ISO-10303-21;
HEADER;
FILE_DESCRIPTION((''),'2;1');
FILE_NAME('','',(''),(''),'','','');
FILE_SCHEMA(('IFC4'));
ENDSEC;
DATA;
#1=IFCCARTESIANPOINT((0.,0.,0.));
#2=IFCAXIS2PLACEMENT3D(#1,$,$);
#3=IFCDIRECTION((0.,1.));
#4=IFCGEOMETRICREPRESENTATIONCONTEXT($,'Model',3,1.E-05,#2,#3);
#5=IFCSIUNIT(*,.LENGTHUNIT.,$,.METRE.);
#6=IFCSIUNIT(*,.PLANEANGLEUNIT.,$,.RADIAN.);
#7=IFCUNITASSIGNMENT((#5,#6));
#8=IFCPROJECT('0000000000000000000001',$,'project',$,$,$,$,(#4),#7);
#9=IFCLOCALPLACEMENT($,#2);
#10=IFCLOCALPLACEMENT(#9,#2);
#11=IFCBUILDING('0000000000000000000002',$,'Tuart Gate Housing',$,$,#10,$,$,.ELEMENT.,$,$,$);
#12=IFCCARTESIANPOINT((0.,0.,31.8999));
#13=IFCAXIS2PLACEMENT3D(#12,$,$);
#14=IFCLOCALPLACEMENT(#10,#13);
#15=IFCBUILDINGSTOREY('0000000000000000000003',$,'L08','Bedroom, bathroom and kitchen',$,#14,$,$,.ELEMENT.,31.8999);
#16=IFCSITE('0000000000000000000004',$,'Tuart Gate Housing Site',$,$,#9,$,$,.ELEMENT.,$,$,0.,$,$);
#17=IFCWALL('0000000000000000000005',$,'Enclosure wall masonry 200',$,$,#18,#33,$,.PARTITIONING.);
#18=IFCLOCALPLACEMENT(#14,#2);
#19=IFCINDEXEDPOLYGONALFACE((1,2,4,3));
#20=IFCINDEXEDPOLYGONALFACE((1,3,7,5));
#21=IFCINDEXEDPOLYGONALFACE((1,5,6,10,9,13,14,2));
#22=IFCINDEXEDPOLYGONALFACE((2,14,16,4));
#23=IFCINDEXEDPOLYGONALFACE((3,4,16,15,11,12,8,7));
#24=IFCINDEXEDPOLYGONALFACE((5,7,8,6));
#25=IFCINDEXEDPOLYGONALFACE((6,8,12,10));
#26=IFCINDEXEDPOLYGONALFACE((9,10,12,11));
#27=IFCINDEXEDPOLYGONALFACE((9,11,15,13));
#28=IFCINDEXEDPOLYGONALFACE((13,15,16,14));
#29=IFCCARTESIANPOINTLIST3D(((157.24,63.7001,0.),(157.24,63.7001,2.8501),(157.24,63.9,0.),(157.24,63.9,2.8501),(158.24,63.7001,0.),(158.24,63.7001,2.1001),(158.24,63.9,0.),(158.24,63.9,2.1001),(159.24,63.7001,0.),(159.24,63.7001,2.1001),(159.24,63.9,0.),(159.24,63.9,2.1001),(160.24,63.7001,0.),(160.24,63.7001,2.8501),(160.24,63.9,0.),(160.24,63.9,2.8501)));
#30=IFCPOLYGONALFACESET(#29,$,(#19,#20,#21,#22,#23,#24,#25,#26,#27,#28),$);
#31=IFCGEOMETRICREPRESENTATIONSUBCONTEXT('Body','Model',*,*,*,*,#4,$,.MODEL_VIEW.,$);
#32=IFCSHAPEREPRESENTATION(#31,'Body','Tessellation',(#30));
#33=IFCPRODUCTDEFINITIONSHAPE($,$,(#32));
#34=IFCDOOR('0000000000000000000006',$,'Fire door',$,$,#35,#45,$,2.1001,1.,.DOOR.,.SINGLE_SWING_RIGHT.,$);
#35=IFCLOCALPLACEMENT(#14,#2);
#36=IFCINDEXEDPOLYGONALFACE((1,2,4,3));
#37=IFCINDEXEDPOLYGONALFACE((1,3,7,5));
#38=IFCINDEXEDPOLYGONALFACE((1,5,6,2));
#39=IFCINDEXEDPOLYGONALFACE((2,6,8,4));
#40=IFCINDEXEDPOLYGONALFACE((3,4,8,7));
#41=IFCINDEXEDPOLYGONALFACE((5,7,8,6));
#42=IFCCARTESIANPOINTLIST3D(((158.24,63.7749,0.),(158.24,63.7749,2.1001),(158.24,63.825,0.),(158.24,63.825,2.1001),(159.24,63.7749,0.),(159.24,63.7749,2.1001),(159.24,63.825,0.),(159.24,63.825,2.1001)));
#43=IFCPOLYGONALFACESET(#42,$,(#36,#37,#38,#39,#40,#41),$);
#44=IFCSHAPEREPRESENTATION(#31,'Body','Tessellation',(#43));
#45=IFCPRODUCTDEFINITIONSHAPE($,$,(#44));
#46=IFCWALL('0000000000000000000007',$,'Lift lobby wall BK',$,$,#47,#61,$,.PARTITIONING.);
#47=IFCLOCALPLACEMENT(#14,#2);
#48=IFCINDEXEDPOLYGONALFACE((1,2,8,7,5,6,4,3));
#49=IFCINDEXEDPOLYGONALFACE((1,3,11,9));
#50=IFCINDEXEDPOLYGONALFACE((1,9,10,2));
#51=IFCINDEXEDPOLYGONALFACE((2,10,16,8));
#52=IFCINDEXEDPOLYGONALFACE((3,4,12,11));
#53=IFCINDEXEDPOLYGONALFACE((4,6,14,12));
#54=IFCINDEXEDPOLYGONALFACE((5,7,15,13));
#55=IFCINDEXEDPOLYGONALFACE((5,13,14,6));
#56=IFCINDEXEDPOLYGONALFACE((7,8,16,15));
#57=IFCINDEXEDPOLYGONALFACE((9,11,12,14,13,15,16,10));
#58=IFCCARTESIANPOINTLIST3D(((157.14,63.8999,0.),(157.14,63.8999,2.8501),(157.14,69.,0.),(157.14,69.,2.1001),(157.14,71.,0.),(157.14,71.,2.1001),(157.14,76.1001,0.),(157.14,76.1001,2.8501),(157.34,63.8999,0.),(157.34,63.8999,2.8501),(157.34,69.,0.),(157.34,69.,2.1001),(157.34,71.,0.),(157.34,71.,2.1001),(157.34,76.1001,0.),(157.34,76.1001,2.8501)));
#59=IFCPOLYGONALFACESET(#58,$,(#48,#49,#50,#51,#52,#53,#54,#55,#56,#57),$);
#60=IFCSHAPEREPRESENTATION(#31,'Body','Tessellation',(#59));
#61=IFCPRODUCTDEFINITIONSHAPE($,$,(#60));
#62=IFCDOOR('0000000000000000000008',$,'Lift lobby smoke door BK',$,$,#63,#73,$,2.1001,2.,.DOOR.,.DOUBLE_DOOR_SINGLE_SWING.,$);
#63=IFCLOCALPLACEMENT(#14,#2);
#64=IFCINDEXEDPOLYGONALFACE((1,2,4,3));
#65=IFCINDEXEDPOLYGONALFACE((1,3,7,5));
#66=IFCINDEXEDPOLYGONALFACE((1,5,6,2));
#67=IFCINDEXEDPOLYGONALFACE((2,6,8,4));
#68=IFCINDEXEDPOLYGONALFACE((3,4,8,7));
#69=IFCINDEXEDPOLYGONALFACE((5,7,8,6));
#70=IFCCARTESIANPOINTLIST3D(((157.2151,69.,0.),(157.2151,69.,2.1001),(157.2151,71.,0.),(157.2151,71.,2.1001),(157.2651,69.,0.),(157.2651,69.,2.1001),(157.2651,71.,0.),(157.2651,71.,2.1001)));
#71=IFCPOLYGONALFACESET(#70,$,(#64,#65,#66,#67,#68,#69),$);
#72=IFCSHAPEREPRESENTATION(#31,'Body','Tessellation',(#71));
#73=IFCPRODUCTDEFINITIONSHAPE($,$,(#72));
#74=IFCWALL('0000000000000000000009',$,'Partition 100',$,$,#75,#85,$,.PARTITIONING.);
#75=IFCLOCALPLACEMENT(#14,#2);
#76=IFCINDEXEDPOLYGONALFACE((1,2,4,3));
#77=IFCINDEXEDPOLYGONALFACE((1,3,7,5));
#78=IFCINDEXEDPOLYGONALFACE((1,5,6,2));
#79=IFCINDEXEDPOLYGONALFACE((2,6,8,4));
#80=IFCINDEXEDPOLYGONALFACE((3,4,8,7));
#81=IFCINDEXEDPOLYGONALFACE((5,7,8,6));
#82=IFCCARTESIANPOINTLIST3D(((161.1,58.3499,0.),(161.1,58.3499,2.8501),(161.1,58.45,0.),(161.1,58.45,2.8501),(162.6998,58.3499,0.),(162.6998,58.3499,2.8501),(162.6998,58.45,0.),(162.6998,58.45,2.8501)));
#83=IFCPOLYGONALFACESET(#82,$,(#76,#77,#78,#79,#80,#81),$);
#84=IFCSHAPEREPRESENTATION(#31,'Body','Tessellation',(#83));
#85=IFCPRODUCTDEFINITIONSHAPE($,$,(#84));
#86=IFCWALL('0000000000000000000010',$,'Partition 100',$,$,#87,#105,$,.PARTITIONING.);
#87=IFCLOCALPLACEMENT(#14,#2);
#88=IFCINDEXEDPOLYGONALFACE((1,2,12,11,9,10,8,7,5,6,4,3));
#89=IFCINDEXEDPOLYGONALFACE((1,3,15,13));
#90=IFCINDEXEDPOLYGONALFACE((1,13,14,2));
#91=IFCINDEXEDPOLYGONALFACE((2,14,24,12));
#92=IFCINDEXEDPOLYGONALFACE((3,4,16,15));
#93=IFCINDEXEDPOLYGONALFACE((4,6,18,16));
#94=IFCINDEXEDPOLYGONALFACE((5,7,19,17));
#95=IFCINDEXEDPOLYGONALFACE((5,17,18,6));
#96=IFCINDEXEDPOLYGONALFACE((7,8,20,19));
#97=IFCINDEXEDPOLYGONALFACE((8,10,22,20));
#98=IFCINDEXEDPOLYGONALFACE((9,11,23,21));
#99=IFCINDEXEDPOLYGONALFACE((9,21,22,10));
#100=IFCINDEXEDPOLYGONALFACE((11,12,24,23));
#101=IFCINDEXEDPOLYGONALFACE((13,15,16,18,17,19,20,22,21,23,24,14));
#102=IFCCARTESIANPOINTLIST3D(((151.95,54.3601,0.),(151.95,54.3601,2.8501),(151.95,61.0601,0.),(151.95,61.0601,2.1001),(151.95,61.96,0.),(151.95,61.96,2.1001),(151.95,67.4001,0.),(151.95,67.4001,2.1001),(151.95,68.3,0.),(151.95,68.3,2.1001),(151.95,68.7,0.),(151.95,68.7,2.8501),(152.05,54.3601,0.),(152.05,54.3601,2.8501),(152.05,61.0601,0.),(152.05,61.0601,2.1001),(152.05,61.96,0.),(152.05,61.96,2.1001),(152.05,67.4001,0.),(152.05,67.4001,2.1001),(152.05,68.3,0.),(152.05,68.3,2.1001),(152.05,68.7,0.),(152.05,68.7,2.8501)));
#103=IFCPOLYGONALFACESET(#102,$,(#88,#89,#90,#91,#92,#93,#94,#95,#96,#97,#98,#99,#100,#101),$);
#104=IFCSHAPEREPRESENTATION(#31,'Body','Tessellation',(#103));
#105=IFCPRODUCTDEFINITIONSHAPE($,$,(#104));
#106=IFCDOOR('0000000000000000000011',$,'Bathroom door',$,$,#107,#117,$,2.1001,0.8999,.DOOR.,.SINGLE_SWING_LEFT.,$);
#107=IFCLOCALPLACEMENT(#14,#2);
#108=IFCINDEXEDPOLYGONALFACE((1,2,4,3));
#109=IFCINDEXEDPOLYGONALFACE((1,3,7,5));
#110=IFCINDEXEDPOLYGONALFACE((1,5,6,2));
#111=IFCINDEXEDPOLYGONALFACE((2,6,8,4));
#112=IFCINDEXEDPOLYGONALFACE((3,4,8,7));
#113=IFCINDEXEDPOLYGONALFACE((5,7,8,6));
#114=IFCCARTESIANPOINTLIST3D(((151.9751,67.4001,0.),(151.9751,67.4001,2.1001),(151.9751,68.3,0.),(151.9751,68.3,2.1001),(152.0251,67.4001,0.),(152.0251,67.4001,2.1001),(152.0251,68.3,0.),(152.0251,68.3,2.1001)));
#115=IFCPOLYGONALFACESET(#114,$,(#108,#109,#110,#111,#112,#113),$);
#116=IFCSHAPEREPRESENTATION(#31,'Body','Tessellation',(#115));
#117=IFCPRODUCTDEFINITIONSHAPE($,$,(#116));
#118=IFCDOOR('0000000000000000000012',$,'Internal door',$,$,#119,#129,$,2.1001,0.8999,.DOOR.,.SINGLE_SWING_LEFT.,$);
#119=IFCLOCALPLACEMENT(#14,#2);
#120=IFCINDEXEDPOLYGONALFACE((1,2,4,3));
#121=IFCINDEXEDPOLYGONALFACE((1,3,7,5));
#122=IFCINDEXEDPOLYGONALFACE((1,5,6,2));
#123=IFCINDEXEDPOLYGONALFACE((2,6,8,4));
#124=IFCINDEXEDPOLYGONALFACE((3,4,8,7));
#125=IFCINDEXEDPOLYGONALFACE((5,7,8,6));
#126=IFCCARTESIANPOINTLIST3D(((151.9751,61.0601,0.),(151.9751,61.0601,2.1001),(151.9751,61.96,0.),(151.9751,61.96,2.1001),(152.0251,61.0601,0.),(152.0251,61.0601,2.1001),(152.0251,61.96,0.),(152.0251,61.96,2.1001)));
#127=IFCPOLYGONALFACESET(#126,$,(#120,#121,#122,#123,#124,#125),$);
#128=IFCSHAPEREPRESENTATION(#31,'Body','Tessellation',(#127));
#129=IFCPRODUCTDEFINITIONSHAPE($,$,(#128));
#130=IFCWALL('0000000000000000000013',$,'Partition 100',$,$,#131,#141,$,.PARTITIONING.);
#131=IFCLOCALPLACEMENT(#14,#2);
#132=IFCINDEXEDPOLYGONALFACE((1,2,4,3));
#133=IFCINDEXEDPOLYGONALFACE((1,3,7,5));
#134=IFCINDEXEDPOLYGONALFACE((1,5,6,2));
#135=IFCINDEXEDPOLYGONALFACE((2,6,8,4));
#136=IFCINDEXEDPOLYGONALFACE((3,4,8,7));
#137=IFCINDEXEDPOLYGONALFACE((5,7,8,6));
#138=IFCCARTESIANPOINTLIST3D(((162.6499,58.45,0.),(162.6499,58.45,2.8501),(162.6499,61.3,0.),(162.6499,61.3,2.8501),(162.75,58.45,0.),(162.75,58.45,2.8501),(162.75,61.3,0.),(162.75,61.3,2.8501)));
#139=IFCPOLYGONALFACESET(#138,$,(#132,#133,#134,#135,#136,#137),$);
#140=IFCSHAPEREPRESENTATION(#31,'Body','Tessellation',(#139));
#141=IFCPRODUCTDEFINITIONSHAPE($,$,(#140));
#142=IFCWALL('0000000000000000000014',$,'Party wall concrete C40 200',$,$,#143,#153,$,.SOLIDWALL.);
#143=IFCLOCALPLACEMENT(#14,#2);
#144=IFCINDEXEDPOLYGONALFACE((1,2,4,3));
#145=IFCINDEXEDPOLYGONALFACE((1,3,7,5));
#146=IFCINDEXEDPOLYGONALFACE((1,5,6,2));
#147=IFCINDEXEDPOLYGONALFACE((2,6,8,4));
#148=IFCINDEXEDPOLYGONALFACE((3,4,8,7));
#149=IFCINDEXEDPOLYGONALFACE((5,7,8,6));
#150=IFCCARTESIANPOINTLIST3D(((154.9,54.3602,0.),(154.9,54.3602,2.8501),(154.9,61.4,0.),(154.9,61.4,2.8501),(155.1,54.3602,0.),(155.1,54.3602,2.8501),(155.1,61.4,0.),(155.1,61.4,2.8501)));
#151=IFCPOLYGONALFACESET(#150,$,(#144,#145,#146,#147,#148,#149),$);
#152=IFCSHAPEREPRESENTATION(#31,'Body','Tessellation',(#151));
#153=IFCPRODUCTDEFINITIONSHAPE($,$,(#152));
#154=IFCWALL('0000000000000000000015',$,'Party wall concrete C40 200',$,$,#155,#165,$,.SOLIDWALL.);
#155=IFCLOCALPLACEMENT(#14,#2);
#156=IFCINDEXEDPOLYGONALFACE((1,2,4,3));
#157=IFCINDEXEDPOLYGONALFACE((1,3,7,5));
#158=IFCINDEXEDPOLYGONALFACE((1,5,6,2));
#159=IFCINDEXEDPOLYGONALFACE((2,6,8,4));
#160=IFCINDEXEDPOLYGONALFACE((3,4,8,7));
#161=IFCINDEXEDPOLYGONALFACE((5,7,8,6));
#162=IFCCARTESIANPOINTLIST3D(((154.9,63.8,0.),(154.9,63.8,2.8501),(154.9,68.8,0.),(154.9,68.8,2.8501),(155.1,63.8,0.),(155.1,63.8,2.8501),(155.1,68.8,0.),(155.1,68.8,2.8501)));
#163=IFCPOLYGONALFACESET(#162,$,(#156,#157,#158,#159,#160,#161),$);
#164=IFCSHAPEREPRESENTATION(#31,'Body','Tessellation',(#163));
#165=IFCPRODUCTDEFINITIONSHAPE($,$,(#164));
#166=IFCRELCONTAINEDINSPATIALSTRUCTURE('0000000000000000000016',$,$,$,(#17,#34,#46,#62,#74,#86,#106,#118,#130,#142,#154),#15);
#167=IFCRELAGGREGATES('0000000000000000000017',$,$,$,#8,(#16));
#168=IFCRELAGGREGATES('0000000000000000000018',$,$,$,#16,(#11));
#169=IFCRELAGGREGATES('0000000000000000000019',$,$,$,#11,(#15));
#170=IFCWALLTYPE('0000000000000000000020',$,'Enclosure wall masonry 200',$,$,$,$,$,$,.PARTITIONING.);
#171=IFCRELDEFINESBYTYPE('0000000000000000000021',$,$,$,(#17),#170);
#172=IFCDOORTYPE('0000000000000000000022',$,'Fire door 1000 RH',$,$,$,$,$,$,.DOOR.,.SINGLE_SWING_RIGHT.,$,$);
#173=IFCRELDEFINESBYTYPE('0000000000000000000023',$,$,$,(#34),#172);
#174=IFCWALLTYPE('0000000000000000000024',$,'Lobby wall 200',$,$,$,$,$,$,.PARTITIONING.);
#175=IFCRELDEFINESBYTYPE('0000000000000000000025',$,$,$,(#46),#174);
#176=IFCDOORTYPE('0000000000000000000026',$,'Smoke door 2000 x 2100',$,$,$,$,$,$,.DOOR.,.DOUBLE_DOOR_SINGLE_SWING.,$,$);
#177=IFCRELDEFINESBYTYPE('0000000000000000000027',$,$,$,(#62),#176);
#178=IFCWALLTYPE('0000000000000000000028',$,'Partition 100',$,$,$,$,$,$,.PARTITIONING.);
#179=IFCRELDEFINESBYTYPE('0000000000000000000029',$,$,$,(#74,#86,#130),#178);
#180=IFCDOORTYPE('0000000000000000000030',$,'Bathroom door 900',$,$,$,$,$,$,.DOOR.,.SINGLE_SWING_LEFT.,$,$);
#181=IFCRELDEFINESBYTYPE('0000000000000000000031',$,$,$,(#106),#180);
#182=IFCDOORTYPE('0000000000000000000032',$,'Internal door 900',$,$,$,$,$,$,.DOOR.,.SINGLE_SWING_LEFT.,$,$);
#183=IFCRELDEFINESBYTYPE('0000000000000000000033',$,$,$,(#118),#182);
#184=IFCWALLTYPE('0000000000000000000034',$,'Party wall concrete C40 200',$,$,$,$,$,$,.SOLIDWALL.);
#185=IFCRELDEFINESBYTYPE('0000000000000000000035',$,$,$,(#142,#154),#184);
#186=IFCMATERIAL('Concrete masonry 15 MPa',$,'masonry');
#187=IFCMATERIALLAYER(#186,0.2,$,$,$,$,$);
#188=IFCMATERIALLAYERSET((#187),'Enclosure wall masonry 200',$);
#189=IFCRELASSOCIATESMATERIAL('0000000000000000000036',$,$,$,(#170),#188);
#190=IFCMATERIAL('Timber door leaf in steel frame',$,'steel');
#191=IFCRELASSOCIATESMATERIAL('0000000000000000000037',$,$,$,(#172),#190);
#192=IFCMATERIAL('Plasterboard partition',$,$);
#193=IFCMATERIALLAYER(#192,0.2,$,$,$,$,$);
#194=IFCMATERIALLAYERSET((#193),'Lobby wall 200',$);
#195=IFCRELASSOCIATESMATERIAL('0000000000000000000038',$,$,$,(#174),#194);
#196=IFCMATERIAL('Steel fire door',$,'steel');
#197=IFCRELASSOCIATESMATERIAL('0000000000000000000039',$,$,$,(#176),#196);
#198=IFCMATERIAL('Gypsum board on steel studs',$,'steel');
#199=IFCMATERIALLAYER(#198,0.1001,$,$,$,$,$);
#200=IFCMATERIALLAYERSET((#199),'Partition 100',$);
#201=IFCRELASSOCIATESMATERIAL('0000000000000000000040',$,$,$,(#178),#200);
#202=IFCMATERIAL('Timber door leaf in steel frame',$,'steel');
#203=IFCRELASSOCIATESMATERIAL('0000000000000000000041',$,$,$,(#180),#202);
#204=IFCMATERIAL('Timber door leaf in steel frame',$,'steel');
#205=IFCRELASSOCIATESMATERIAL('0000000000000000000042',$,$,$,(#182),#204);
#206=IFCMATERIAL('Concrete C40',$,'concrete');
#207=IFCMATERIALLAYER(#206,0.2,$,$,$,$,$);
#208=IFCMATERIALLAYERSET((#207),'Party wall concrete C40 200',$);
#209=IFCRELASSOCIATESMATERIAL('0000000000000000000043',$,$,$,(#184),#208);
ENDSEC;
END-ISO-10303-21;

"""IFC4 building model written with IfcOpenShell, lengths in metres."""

from ifc_helpers import new_model, si_unit, direction, frame, frame_2d, origin, place, context, subcontext, project, spatial, rectangle, extrude, material, layer, layer_set, type_object, element, fill, save


model = new_model("IFC4")

# Units and contexts
model_context = context("Model", 3, precision=1e-05, world=origin(), true_north=direction((0.0, 1.0)))
body_context = subcontext(model_context, "Body", "Model", "MODEL_VIEW")
ifc_project = project(units=[si_unit("LENGTHUNIT", "METRE"), si_unit("PLANEANGLEUNIT", "RADIAN")], contexts=[model_context])

# Site, building, storey
site_placement = place(None, origin())
site = spatial("IfcSite", under=ifc_project, at=site_placement, Name="Tuart Gate Housing Site", CompositionType="ELEMENT", RefElevation=0.0)
building_placement = place(site_placement, origin())
building = spatial("IfcBuilding", under=site, at=building_placement, Name="Tuart Gate Housing", CompositionType="ELEMENT")
storey_placement = place(building_placement, frame((0.0, 0.0, 31.8999)))
storey = spatial("IfcBuildingStorey", under=building, at=storey_placement, Name="L08", Description="Bedroom, bathroom and kitchen", CompositionType="ELEMENT", Elevation=31.8999)

# Walls, openings, doors
ifc_material_1 = material(Name="Concrete masonry 15 MPa", Category="masonry")
ifc_layer_1 = layer(ifc_material_1, 0.2)
ifc_layer_set_1 = layer_set([ifc_layer_1], Name="Enclosure wall masonry 200")
wall_type_1 = type_object("IfcWallType", Name="Enclosure wall masonry 200", PredefinedType="PARTITIONING", material=ifc_layer_set_1)
wall_1_placement = place(storey_placement, frame((157.24, 63.8, 0.0), z_axis=(0.0, 0.0, 1.0), x_axis=(1.0, 0.0, 0.0)))
wall_1 = element("IfcWall", 1, at=wall_1_placement, inside=storey, type_object=wall_type_1, Name="Enclosure wall masonry 200", PredefinedType="PARTITIONING", context=body_context, shape_type="SweptSolid", body=[
    extrude(rectangle(XDim=3.0, YDim=0.2, at=frame_2d((1.5, 0.0))), origin(), (0.0, 0.0, 1.0), 2.8501),
])
opening_1_placement = place(wall_1_placement, frame((1.0, 0.0, 0.0)))
opening_1 = element("IfcOpeningElement", 2, at=opening_1_placement, cuts=wall_1, PredefinedType="OPENING", context=body_context, shape_type="SweptSolid", body=[
    extrude(rectangle(XDim=1.0, YDim=2.1001, at=frame_2d((0.5, 1.05))), frame((0.0, 0.1099, 0.0), z_axis=(0.0, -1.0, 0.0), x_axis=(1.0, 0.0, 0.0)), (0.0, 0.0, 1.0), 0.22),
])
ifc_material_2 = material(Name="Timber door leaf in steel frame", Category="steel")
door_type_1 = type_object("IfcDoorType", Name="Fire door 1000 RH", OperationType="SINGLE_SWING_RIGHT", PredefinedType="DOOR", material=ifc_material_2)
door_1_placement = place(opening_1_placement, frame((1.0, 0.0, 0.0), z_axis=(0.0, 0.0, 1.0), x_axis=(-1.0, 0.0, 0.0)))
door_1 = element("IfcDoor", 3, at=door_1_placement, inside=storey, type_object=door_type_1, Name="Fire door", OperationType="SINGLE_SWING_RIGHT", OverallHeight=2.1001, OverallWidth=1.0, PredefinedType="DOOR", context=body_context, shape_type="SweptSolid", body=[
    extrude(rectangle(XDim=1.0, YDim=2.1001, at=frame_2d((0.5, 1.05))), frame((0.0, 0.0251, 0.0), z_axis=(0.0, -1.0, 0.0), x_axis=(1.0, 0.0, 0.0)), (0.0, 0.0, 1.0), 0.05),
])
fill(opening_1, door_1)
ifc_material_3 = material(Name="Plasterboard partition")
ifc_layer_2 = layer(ifc_material_3, 0.2)
ifc_layer_set_2 = layer_set([ifc_layer_2], Name="Lobby wall 200")
wall_type_2 = type_object("IfcWallType", Name="Lobby wall 200", PredefinedType="PARTITIONING", material=ifc_layer_set_2)
wall_2_placement = place(storey_placement, frame((157.24, 63.8999, 0.0), z_axis=(0.0, 0.0, 1.0), x_axis=(0.0, 1.0, 0.0)))
wall_2 = element("IfcWall", 4, at=wall_2_placement, inside=storey, type_object=wall_type_2, Name="Lift lobby wall BK", PredefinedType="PARTITIONING", context=body_context, shape_type="SweptSolid", body=[
    extrude(rectangle(XDim=12.2002, YDim=0.2, at=frame_2d((6.1001, 0.0))), origin(), (0.0, 0.0, 1.0), 2.8501),
])
opening_2_placement = place(wall_2_placement, frame((5.1001, 0.0, 0.0)))
opening_2 = element("IfcOpeningElement", 5, at=opening_2_placement, cuts=wall_2, PredefinedType="OPENING", context=body_context, shape_type="SweptSolid", body=[
    extrude(rectangle(XDim=2.0, YDim=2.1001, at=frame_2d((1.0, 1.05))), frame((0.0, 0.1099, 0.0), z_axis=(0.0, -1.0, 0.0), x_axis=(1.0, 0.0, 0.0)), (0.0, 0.0, 1.0), 0.22),
])
ifc_material_4 = material(Name="Steel fire door", Category="steel")
door_type_2 = type_object("IfcDoorType", Name="Smoke door 2000 x 2100", OperationType="DOUBLE_DOOR_SINGLE_SWING", PredefinedType="DOOR", material=ifc_material_4)
door_2_placement = place(opening_2_placement, frame((2.0, 0.0, 0.0), z_axis=(0.0, 0.0, 1.0), x_axis=(-1.0, 0.0, 0.0)))
door_2 = element("IfcDoor", 6, at=door_2_placement, inside=storey, type_object=door_type_2, Name="Lift lobby smoke door BK", OperationType="DOUBLE_DOOR_SINGLE_SWING", OverallHeight=2.1001, OverallWidth=2.0, PredefinedType="DOOR", context=body_context, shape_type="SweptSolid", body=[
    extrude(rectangle(XDim=2.0, YDim=2.1001, at=frame_2d((1.0, 1.05))), frame((0.0, 0.0251, 0.0), z_axis=(0.0, -1.0, 0.0), x_axis=(1.0, 0.0, 0.0)), (0.0, 0.0, 1.0), 0.05),
])
fill(opening_2, door_2)

# Wall
ifc_material_5 = material(Name="Gypsum board on steel studs", Category="steel")
ifc_layer_3 = layer(ifc_material_5, 0.1001)
ifc_layer_set_3 = layer_set([ifc_layer_3], Name="Partition 100")
wall_type_3 = type_object("IfcWallType", Name="Partition 100", PredefinedType="PARTITIONING", material=ifc_layer_set_3)
wall_3_placement = place(storey_placement, frame((161.1001, 58.3999, 0.0), z_axis=(0.0, 0.0, 1.0), x_axis=(1.0, 0.0, 0.0)))
element("IfcWall", 7, at=wall_3_placement, inside=storey, type_object=wall_type_3, Name="Partition 100", PredefinedType="PARTITIONING", context=body_context, shape_type="SweptSolid", body=[
    extrude(rectangle(XDim=1.5999, YDim=0.1001, at=frame_2d((0.7998, 0.0))), origin(), (0.0, 0.0, 1.0), 2.8501),
])

# Wall, openings, doors
wall_4_placement = place(storey_placement, frame((152.0, 54.3601, 0.0), z_axis=(0.0, 0.0, 1.0), x_axis=(0.0, 1.0, 0.0)))
wall_4 = element("IfcWall", 8, at=wall_4_placement, inside=storey, type_object=wall_type_3, Name="Partition 100", PredefinedType="PARTITIONING", context=body_context, shape_type="SweptSolid", body=[
    extrude(rectangle(XDim=14.3398, YDim=0.1001, at=frame_2d((7.1699, 0.0))), origin(), (0.0, 0.0, 1.0), 2.8501),
])
opening_3_placement = place(wall_4_placement, frame((6.7, 0.0, 0.0)))
opening_3 = element("IfcOpeningElement", 9, at=opening_3_placement, cuts=wall_4, PredefinedType="OPENING", context=body_context, shape_type="SweptSolid", body=[
    extrude(rectangle(XDim=0.8999, YDim=2.1001, at=frame_2d((0.45, 1.05))), frame((0.0, 0.0601, 0.0), z_axis=(0.0, -1.0, 0.0), x_axis=(1.0, 0.0, 0.0)), (0.0, 0.0, 1.0), 0.1201),
])
opening_4_placement = place(wall_4_placement, frame((13.04, 0.0, 0.0)))
opening_4 = element("IfcOpeningElement", 10, at=opening_4_placement, cuts=wall_4, PredefinedType="OPENING", context=body_context, shape_type="SweptSolid", body=[
    extrude(rectangle(XDim=0.8999, YDim=2.1001, at=frame_2d((0.45, 1.05))), frame((0.0, 0.0601, 0.0), z_axis=(0.0, -1.0, 0.0), x_axis=(1.0, 0.0, 0.0)), (0.0, 0.0, 1.0), 0.1201),
])
ifc_material_6 = material(Name="Timber door leaf in steel frame", Category="steel")
door_type_3 = type_object("IfcDoorType", Name="Bathroom door 900", OperationType="SINGLE_SWING_LEFT", PredefinedType="DOOR", material=ifc_material_6)
door_3_placement = place(opening_4_placement, frame((0.8999, 0.0, 0.0), z_axis=(0.0, 0.0, 1.0), x_axis=(-1.0, 0.0, 0.0)))
door_3 = element("IfcDoor", 11, at=door_3_placement, inside=storey, type_object=door_type_3, Name="Bathroom door", OperationType="SINGLE_SWING_LEFT", OverallHeight=2.1001, OverallWidth=0.8999, PredefinedType="DOOR", context=body_context, shape_type="SweptSolid", body=[
    extrude(rectangle(XDim=0.8999, YDim=2.1001, at=frame_2d((0.45, 1.05))), frame((0.0, 0.0251, 0.0), z_axis=(0.0, -1.0, 0.0), x_axis=(1.0, 0.0, 0.0)), (0.0, 0.0, 1.0), 0.05),
])
fill(opening_4, door_3)
ifc_material_7 = material(Name="Timber door leaf in steel frame", Category="steel")
door_type_4 = type_object("IfcDoorType", Name="Internal door 900", OperationType="SINGLE_SWING_LEFT", PredefinedType="DOOR", material=ifc_material_7)
door_4_placement = place(opening_3_placement, frame((0.8999, 0.0, 0.0), z_axis=(0.0, 0.0, 1.0), x_axis=(-1.0, 0.0, 0.0)))
door_4 = element("IfcDoor", 12, at=door_4_placement, inside=storey, type_object=door_type_4, Name="Internal door", OperationType="SINGLE_SWING_LEFT", OverallHeight=2.1001, OverallWidth=0.8999, PredefinedType="DOOR", context=body_context, shape_type="SweptSolid", body=[
    extrude(rectangle(XDim=0.8999, YDim=2.1001, at=frame_2d((0.45, 1.05))), frame((0.0, 0.0251, 0.0), z_axis=(0.0, -1.0, 0.0), x_axis=(1.0, 0.0, 0.0)), (0.0, 0.0, 1.0), 0.05),
])
fill(opening_3, door_4)

# Walls
wall_5_placement = place(storey_placement, frame((162.7, 58.45, 0.0), z_axis=(0.0, 0.0, 1.0), x_axis=(0.0, 1.0, 0.0)))
element("IfcWall", 13, at=wall_5_placement, inside=storey, type_object=wall_type_3, Name="Partition 100", PredefinedType="PARTITIONING", context=body_context, shape_type="SweptSolid", body=[
    extrude(rectangle(XDim=2.8501, YDim=0.1001, at=frame_2d((1.425, 0.0))), origin(), (0.0, 0.0, 1.0), 2.8501),
])
ifc_material_8 = material(Name="Concrete C40", Category="concrete")
ifc_layer_4 = layer(ifc_material_8, 0.2)
ifc_layer_set_4 = layer_set([ifc_layer_4], Name="Party wall concrete C40 200")
wall_type_4 = type_object("IfcWallType", Name="Party wall concrete C40 200", PredefinedType="SOLIDWALL", material=ifc_layer_set_4)
wall_6_placement = place(storey_placement, frame((155.0, 54.3601, 0.0), z_axis=(0.0, 0.0, 1.0), x_axis=(0.0, 1.0, 0.0)))
element("IfcWall", 14, at=wall_6_placement, inside=storey, type_object=wall_type_4, Name="Party wall concrete C40 200", PredefinedType="SOLIDWALL", context=body_context, shape_type="SweptSolid", body=[
    extrude(rectangle(XDim=7.0398, YDim=0.2, at=frame_2d((3.52, 0.0))), origin(), (0.0, 0.0, 1.0), 2.8501),
])
wall_7_placement = place(storey_placement, frame((155.0, 63.8, 0.0), z_axis=(0.0, 0.0, 1.0), x_axis=(0.0, 1.0, 0.0)))
element("IfcWall", 15, at=wall_7_placement, inside=storey, type_object=wall_type_4, Name="Party wall concrete C40 200", PredefinedType="SOLIDWALL", context=body_context, shape_type="SweptSolid", body=[
    extrude(rectangle(XDim=5.0, YDim=0.2, at=frame_2d((2.5, 0.0))), origin(), (0.0, 0.0, 1.0), 2.8501),
])

save(model, "model.ifc")
